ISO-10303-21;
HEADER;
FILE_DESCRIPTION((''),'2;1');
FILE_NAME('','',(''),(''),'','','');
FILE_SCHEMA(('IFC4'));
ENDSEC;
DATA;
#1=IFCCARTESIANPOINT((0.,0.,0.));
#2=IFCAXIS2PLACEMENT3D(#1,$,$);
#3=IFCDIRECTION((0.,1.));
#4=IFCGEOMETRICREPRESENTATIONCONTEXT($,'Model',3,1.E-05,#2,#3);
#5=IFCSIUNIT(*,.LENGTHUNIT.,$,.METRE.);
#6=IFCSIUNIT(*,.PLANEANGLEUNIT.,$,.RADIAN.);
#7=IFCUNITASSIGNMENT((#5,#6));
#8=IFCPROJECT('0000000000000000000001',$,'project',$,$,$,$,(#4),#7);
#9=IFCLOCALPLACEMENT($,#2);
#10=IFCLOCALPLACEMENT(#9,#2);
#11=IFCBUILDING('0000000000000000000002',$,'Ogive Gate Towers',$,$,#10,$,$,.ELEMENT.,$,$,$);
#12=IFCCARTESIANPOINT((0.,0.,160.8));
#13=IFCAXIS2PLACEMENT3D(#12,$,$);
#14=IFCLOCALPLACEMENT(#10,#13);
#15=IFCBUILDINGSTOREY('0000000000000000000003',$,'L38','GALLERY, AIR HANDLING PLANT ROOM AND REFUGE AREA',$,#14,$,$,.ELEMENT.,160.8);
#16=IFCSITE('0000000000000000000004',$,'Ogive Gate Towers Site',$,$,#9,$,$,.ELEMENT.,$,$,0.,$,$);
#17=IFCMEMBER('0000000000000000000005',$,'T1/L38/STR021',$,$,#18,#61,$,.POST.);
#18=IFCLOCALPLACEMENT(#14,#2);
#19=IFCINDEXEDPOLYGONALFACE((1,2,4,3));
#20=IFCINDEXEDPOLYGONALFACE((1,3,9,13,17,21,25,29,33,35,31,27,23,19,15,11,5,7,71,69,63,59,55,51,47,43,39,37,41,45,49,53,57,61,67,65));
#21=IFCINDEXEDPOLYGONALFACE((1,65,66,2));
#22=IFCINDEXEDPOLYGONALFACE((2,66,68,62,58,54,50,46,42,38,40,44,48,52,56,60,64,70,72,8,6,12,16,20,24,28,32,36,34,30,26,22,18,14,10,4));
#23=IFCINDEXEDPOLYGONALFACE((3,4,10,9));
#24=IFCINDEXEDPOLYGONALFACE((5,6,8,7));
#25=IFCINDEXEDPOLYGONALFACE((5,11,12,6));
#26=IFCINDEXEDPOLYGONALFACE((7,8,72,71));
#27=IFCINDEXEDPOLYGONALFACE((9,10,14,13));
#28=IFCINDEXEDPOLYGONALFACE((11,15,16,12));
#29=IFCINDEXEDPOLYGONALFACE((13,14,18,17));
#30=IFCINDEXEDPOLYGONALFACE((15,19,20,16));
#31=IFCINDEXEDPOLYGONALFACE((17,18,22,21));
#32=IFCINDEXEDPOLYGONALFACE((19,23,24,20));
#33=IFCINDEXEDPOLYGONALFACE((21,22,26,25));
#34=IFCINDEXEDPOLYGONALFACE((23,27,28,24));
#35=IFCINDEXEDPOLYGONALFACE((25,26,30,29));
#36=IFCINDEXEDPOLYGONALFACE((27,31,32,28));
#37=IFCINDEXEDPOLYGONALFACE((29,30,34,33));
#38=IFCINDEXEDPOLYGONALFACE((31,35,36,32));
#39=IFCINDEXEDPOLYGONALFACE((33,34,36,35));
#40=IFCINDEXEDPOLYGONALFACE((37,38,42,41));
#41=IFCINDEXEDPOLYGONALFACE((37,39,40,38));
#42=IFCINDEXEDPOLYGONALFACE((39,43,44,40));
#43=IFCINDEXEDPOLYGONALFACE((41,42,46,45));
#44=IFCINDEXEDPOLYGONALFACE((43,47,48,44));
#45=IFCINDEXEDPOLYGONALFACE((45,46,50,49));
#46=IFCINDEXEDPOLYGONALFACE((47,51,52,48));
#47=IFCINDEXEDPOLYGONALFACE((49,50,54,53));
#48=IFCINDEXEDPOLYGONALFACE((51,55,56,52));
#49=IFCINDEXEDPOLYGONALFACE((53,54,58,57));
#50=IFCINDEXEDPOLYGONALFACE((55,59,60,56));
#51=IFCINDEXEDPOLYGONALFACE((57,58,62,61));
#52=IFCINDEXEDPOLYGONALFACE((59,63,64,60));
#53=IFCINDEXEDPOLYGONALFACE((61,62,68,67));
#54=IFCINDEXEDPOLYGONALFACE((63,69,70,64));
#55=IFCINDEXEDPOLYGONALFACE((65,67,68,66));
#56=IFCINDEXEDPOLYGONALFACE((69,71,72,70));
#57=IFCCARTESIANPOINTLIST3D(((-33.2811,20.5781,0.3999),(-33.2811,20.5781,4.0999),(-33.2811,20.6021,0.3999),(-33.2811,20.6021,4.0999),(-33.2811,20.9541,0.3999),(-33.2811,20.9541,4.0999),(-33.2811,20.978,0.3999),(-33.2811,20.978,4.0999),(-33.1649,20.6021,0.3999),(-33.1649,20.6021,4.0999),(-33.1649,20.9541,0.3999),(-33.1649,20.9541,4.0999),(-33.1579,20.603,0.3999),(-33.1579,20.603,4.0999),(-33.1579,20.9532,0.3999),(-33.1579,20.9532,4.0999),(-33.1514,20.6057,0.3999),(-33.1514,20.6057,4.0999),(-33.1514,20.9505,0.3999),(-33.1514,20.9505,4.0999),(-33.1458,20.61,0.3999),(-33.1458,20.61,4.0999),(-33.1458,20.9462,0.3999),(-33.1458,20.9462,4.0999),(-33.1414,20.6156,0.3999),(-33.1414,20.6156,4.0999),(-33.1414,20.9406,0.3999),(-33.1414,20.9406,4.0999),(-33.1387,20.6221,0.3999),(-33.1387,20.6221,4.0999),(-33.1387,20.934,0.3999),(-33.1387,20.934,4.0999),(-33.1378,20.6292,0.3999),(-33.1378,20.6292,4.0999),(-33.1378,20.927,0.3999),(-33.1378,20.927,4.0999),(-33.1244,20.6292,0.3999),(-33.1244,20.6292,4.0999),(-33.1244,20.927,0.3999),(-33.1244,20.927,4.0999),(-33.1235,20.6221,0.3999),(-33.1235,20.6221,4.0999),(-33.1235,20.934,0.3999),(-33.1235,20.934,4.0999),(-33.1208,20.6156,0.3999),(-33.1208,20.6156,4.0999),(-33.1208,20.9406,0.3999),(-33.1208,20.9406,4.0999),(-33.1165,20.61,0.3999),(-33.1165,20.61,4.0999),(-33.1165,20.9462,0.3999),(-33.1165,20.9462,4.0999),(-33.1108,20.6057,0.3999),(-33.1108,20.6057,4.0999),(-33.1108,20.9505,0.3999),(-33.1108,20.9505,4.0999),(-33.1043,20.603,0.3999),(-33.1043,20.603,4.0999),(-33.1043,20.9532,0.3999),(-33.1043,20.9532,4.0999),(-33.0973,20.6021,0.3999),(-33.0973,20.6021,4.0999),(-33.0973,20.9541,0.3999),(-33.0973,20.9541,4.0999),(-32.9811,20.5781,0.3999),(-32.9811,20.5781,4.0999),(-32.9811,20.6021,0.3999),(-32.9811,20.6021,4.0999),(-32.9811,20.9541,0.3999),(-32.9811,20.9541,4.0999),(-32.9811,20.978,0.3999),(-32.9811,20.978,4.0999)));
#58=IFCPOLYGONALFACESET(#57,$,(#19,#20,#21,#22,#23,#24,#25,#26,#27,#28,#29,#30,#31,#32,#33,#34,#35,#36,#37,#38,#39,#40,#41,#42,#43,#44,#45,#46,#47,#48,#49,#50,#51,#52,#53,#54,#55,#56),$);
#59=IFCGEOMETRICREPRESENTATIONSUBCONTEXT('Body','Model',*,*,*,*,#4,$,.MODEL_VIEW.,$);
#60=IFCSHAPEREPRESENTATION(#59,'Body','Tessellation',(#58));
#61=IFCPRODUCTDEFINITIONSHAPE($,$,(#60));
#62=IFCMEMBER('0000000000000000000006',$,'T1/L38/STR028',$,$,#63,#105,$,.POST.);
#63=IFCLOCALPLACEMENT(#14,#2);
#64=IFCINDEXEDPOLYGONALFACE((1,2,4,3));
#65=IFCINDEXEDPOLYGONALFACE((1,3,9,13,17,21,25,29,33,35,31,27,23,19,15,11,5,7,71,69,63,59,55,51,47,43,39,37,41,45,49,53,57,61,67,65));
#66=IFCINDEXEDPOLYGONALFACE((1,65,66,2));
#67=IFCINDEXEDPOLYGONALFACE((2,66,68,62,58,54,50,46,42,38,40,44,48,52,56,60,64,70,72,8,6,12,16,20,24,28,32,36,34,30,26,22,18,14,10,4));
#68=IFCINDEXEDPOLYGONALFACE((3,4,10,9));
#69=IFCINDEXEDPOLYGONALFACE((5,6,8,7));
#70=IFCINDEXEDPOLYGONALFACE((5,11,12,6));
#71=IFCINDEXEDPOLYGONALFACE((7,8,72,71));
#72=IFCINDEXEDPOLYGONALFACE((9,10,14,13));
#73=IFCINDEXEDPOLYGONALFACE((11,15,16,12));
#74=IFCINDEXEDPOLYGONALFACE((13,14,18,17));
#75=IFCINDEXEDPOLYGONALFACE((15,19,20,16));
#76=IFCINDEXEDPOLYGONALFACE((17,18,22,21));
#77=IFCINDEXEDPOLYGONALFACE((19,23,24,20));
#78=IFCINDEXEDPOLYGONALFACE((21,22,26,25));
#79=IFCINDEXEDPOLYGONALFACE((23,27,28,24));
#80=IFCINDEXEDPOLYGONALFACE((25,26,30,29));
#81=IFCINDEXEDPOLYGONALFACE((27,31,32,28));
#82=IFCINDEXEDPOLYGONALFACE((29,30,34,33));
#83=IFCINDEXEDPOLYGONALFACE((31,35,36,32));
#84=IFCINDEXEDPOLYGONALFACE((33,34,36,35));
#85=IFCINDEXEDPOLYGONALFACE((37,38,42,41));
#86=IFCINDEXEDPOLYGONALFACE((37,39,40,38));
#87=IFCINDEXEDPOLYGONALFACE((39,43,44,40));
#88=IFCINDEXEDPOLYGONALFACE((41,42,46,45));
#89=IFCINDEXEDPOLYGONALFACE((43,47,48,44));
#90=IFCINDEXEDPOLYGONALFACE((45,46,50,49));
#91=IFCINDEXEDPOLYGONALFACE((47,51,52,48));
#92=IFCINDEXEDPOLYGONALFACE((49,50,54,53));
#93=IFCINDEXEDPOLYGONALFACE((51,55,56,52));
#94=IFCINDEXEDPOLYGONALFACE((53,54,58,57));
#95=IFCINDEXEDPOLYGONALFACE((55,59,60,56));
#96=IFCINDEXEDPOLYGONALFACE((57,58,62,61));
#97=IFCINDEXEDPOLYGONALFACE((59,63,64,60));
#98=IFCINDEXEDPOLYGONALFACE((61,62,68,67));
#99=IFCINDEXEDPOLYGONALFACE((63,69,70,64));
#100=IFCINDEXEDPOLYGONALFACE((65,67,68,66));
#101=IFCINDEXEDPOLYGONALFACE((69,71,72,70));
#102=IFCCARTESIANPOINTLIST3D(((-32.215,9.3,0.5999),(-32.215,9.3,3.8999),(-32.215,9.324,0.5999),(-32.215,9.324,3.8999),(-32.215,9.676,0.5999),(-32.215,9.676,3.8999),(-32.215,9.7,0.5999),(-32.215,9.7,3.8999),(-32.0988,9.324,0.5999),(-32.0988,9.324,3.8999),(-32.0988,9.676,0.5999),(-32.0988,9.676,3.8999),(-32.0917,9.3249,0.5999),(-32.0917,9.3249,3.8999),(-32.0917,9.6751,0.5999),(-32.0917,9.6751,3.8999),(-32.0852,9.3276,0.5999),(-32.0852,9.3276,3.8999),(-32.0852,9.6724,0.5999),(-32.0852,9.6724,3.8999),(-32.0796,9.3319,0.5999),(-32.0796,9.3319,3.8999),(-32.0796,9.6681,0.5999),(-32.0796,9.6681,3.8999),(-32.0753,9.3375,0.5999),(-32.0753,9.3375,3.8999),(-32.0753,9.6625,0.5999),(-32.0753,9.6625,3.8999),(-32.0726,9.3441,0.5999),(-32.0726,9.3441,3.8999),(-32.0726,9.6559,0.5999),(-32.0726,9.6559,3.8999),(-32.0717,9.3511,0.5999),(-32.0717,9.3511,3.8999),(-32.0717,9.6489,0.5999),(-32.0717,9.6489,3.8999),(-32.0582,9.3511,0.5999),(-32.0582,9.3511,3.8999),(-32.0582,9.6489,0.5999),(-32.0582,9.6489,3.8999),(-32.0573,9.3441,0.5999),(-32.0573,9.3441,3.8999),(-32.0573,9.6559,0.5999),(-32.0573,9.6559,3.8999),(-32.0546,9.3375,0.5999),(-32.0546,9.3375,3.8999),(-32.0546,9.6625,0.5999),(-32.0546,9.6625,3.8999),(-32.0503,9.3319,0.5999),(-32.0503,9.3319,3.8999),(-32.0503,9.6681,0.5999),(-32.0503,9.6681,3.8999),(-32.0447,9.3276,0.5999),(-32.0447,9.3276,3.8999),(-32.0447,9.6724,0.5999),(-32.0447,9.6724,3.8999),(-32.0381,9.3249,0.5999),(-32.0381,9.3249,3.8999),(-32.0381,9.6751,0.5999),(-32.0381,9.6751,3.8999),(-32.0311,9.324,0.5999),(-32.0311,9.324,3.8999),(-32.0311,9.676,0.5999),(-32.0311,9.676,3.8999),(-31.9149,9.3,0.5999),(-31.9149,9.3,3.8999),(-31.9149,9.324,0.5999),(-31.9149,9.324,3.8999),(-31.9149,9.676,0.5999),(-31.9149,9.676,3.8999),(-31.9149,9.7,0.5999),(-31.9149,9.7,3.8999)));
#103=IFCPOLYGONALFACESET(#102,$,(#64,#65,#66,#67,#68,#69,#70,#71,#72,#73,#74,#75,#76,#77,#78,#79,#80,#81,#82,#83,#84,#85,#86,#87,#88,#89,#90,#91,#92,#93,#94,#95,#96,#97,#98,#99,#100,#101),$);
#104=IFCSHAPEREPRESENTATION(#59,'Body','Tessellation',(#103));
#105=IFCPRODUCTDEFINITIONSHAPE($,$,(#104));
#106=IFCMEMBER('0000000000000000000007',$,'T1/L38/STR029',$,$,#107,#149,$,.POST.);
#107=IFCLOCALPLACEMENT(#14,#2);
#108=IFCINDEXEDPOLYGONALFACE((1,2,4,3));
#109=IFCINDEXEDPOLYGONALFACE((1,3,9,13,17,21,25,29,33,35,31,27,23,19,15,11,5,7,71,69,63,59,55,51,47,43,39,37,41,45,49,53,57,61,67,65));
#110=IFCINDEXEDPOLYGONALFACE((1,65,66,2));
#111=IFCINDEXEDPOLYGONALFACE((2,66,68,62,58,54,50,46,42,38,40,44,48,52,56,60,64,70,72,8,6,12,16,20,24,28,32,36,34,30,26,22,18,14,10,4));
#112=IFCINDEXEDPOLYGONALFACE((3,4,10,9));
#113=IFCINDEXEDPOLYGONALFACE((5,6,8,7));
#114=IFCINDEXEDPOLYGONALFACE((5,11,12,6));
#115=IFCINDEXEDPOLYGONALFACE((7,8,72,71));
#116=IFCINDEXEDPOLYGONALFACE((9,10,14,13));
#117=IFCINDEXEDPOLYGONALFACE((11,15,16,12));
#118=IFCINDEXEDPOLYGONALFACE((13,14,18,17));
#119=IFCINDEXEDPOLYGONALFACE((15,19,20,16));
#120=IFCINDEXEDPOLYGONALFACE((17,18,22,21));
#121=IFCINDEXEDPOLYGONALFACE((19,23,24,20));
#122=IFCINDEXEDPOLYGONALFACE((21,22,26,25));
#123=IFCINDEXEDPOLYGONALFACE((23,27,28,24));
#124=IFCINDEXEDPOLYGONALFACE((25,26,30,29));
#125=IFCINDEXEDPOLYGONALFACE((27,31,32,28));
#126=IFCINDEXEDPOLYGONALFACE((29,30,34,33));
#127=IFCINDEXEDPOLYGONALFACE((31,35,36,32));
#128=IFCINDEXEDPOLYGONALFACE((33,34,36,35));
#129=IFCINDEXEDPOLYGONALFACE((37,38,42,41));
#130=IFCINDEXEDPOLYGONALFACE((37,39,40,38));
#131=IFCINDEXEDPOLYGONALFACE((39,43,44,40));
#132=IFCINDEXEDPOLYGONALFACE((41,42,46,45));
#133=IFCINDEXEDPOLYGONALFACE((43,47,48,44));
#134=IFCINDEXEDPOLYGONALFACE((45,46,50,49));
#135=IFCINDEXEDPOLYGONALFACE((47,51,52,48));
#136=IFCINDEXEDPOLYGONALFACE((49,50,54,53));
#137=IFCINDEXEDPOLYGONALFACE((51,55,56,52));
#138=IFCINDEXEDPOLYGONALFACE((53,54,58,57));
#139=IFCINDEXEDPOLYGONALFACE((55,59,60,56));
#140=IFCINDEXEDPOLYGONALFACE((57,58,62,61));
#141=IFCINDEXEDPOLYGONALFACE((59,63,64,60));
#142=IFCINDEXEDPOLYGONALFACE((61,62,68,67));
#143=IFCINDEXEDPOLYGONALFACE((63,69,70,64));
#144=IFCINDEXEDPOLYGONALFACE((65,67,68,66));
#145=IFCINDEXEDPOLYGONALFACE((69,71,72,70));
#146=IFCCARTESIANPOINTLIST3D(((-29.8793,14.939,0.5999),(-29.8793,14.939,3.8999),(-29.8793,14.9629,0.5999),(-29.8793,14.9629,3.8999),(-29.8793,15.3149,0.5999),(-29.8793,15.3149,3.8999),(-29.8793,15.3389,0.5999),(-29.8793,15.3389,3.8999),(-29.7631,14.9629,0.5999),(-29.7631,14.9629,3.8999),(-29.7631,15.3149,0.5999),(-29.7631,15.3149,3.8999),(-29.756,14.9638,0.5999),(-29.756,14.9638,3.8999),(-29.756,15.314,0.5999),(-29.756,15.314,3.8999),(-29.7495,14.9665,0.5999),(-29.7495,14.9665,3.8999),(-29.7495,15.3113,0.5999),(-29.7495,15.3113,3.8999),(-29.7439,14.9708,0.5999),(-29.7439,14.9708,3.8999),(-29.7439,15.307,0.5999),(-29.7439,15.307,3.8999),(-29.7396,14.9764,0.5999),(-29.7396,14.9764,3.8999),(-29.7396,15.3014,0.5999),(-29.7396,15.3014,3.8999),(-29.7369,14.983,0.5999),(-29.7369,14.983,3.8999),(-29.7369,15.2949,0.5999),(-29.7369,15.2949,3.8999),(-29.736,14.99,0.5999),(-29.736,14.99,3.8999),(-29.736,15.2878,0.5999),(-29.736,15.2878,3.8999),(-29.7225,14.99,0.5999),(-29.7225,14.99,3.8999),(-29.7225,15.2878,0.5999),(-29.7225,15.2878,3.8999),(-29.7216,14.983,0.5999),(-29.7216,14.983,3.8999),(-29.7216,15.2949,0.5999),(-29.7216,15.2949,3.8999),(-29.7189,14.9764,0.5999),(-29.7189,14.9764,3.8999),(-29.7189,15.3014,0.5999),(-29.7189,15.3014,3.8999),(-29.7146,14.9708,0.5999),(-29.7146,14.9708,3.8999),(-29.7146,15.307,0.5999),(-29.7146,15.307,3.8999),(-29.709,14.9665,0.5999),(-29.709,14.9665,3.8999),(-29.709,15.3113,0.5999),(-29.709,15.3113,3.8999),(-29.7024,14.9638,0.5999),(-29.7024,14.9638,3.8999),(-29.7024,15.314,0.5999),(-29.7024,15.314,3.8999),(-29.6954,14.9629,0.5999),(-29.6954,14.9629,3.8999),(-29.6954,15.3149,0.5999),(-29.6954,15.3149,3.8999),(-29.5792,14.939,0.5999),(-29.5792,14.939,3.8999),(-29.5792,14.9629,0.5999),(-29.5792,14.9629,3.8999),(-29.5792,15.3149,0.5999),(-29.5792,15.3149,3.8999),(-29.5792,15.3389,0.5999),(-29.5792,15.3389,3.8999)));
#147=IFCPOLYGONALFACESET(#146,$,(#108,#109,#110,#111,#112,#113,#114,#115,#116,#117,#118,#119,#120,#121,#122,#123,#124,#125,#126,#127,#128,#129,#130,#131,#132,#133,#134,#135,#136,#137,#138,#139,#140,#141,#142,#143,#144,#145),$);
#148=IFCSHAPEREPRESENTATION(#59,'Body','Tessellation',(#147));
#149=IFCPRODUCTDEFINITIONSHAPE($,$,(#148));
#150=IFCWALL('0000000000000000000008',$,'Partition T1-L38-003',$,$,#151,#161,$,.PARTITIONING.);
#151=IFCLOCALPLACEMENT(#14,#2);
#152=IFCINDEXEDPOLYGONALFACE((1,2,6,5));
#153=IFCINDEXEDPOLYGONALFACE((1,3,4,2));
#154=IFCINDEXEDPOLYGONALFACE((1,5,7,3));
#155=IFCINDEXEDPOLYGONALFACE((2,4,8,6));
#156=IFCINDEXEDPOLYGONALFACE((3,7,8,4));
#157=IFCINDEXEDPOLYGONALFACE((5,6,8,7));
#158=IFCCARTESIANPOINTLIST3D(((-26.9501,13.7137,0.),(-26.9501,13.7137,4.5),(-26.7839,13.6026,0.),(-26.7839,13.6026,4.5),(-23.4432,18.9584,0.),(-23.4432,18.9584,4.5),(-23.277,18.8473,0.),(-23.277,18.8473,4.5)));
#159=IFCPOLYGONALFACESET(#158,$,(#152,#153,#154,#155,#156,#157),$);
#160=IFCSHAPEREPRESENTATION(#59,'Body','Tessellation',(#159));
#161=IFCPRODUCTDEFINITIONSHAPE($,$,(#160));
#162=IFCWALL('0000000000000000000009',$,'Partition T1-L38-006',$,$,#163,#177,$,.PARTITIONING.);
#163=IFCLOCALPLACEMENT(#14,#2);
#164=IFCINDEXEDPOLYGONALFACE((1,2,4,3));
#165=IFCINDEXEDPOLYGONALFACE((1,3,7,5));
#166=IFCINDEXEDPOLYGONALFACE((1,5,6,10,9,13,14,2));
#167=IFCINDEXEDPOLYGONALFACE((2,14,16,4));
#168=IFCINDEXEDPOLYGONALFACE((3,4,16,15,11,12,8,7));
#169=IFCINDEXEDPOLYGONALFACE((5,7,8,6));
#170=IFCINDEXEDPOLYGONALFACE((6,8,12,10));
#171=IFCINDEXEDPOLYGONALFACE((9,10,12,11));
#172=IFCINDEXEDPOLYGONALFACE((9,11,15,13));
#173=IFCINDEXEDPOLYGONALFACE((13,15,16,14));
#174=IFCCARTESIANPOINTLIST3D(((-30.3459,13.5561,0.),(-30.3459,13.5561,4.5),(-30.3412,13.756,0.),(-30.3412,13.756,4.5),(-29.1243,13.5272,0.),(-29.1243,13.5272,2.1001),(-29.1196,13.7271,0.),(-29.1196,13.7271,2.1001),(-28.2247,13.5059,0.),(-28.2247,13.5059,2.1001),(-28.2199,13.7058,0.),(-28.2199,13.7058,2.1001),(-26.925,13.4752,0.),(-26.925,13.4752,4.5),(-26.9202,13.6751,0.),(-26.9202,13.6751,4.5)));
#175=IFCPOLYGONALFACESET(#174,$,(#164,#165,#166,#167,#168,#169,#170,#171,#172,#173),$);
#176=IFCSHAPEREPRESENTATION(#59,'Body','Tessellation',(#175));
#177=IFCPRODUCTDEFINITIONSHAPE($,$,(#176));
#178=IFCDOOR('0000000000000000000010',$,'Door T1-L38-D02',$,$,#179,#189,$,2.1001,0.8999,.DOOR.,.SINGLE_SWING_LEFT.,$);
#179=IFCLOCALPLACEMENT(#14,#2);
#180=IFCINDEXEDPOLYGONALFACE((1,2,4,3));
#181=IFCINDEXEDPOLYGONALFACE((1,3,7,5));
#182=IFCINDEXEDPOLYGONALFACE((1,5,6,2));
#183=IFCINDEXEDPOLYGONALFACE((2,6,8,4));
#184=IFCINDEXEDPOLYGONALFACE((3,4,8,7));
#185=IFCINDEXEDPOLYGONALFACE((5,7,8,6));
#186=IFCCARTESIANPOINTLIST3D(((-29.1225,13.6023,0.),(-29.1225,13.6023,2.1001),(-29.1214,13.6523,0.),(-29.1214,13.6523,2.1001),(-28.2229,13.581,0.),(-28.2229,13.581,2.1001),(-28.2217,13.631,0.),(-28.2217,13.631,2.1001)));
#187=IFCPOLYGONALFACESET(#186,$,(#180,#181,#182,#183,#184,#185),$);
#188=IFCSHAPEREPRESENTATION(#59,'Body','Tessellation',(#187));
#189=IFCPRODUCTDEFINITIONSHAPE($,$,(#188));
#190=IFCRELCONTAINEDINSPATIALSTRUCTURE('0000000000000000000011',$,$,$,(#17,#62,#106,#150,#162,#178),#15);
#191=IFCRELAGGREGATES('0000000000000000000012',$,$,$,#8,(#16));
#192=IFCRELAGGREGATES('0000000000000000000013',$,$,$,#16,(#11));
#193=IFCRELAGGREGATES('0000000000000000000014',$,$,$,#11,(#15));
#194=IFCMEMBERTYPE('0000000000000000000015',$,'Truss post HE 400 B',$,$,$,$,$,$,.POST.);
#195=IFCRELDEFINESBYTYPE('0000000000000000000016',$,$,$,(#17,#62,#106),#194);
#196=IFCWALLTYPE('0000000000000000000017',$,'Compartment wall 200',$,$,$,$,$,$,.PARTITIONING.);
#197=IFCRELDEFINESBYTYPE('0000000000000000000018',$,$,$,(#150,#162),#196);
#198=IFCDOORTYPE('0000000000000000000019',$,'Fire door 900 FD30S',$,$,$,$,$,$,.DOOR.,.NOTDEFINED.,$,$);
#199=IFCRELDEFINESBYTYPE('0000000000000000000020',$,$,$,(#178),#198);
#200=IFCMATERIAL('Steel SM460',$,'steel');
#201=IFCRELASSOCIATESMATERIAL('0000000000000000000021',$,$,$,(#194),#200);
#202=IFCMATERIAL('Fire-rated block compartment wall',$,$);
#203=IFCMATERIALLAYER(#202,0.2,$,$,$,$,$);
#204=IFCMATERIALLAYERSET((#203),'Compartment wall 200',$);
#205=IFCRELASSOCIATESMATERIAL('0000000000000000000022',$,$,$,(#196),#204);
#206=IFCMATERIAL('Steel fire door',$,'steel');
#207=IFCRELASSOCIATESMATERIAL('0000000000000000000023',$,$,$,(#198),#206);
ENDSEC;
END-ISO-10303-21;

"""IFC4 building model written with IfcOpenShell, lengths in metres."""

from ifc_helpers import new_model, si_unit, direction, frame, frame_2d, origin, origin_2d, place, context, subcontext, project, spatial, rectangle, i_section, extrude, material, layer, layer_set, material_profile, profile_set, type_object, element, fill, save


model = new_model("IFC4")

# Units and contexts
model_context = context("Model", 3, precision=1e-05, world=origin(), true_north=direction((0.0, 1.0)))
body_context = subcontext(model_context, "Body", "Model", "MODEL_VIEW")
ifc_project = project(units=[si_unit("LENGTHUNIT", "METRE"), si_unit("PLANEANGLEUNIT", "RADIAN")], contexts=[model_context])

# Site, building, storey
site_placement = place(None, origin())
site = spatial("IfcSite", under=ifc_project, at=site_placement, Name="Ogive Gate Towers Site", CompositionType="ELEMENT", RefElevation=0.0)
building_placement = place(site_placement, origin())
building = spatial("IfcBuilding", under=site, at=building_placement, Name="Ogive Gate Towers", CompositionType="ELEMENT")
storey_placement = place(building_placement, frame((0.0, 0.0, 160.8)))
storey = spatial("IfcBuildingStorey", under=building, at=storey_placement, Name="L38", Description="GALLERY, AIR HANDLING PLANT ROOM AND REFUGE AREA", CompositionType="ELEMENT", Elevation=160.8)

# Shared definitions
ifc_material_1 = material(Name="Steel SM460", Category="steel")

# Members
ifc_material_profile_1 = material_profile(ifc_material_1, i_section(OverallWidth=0.3, OverallDepth=0.3999, WebThickness=0.0134, FlangeThickness=0.0239, FilletRadius=0.0271, at=origin_2d()), Name="HE 400 B")
ifc_profile_set_1 = profile_set([ifc_material_profile_1], Name="Steel SM460")
member_type_1 = type_object("IfcMemberType", Name="Truss post HE 400 B", PredefinedType="POST", material=ifc_profile_set_1)
member_1_placement = place(storey_placement, frame((-33.1311, 20.7781, 0.3999), z_axis=(0.0, 0.0, 1.0), x_axis=(1.0, 0.0, 0.0)))
element("IfcMember", 1, at=member_1_placement, inside=storey, type_object=member_type_1, Name="T1/L38/STR021", PredefinedType="POST", context=body_context, shape_type="SweptSolid", body=[
    extrude(i_section(OverallWidth=0.3, OverallDepth=0.3999, WebThickness=0.0134, FlangeThickness=0.0239, FilletRadius=0.0271, at=origin_2d()), origin(), (0.0, 0.0, 1.0), 3.7),
])
for number, where, z_axis, x_axis, name in (
    (2, (-32.0649, 9.5, 0.5999), (0.0, 0.0, 1.0), (1.0, 0.0, 0.0), "T1/L38/STR028"),
    (3, (-29.7292, 15.1389, 0.5999), (0.0, 0.0, 1.0), (1.0, 0.0, 0.0), "T1/L38/STR029"),
):
    element("IfcMember", number, at=place(storey_placement, frame(where, z_axis=z_axis, x_axis=x_axis)), inside=storey, type_object=member_type_1, Name=name, PredefinedType="POST", context=body_context, shape_type="SweptSolid", body=[
        extrude(i_section(OverallWidth=0.3, OverallDepth=0.3999, WebThickness=0.0134, FlangeThickness=0.0239, FilletRadius=0.0271, at=origin_2d()), origin(), (0.0, 0.0, 1.0), 3.3),
    ])

# Wall
ifc_material_2 = material(Name="Fire-rated block compartment wall")
ifc_layer_1 = layer(ifc_material_2, 0.2)
ifc_layer_set_1 = layer_set([ifc_layer_1], Name="Compartment wall 200")
wall_type_1 = type_object("IfcWallType", Name="Compartment wall 200", PredefinedType="PARTITIONING", material=ifc_layer_set_1)
wall_1_placement = place(storey_placement, frame((-23.3601, 18.9028, 0.0), z_axis=(0.0, 0.0, 1.0), x_axis=(-0.555843, -0.831287, 0.0)))
element("IfcWall", 4, at=wall_1_placement, inside=storey, type_object=wall_type_1, Name="Partition T1-L38-003", PredefinedType="PARTITIONING", context=body_context, shape_type="SweptSolid", body=[
    extrude(rectangle(XDim=6.3091, YDim=0.2, at=frame_2d((3.1545, 0.0))), origin(), (0.0, 0.0, 1.0), 4.5),
])

# Wall, opening, door
wall_2_placement = place(storey_placement, frame((-26.9226, 13.5752, 0.0), z_axis=(0.0, 0.0, 1.0), x_axis=(-0.999721, 0.023616, 0.0)))
wall_2 = element("IfcWall", 5, at=wall_2_placement, inside=storey, type_object=wall_type_1, Name="Partition T1-L38-006", PredefinedType="PARTITIONING", context=body_context, shape_type="SweptSolid", body=[
    extrude(rectangle(XDim=3.4219, YDim=0.2, at=frame_2d((1.7109, 0.0))), origin(), (0.0, 0.0, 1.0), 4.5),
])
opening_1_placement = place(wall_2_placement, frame((1.3, 0.0, 0.0)))
opening_1 = element("IfcOpeningElement", 6, at=opening_1_placement, cuts=wall_2, PredefinedType="OPENING", context=body_context, shape_type="SweptSolid", body=[
    extrude(rectangle(XDim=0.8999, YDim=2.1001, at=frame_2d((0.45, 1.05))), frame((0.0, 0.1099, 0.0), z_axis=(0.0, -1.0, 0.0), x_axis=(1.0, 0.0, 0.0)), (0.0, 0.0, 1.0), 0.22),
])
ifc_material_3 = material(Name="Steel fire door", Category="steel")
door_type_1 = type_object("IfcDoorType", Name="Fire door 900 FD30S", OperationType="NOTDEFINED", PredefinedType="DOOR", material=ifc_material_3)
door_1_placement = place(opening_1_placement, origin())
door_1 = element("IfcDoor", 7, at=door_1_placement, inside=storey, type_object=door_type_1, Name="Door T1-L38-D02", OperationType="SINGLE_SWING_LEFT", OverallHeight=2.1001, OverallWidth=0.8999, PredefinedType="DOOR", context=body_context, shape_type="SweptSolid", body=[
    extrude(rectangle(XDim=0.8999, YDim=2.1001, at=frame_2d((0.45, 1.05))), frame((0.0, 0.0249, 0.0), z_axis=(0.0, -1.0, 0.0), x_axis=(1.0, 0.0, 0.0)), (0.0, 0.0, 1.0), 0.05),
])
fill(opening_1, door_1)

save(model, "model.ifc")
